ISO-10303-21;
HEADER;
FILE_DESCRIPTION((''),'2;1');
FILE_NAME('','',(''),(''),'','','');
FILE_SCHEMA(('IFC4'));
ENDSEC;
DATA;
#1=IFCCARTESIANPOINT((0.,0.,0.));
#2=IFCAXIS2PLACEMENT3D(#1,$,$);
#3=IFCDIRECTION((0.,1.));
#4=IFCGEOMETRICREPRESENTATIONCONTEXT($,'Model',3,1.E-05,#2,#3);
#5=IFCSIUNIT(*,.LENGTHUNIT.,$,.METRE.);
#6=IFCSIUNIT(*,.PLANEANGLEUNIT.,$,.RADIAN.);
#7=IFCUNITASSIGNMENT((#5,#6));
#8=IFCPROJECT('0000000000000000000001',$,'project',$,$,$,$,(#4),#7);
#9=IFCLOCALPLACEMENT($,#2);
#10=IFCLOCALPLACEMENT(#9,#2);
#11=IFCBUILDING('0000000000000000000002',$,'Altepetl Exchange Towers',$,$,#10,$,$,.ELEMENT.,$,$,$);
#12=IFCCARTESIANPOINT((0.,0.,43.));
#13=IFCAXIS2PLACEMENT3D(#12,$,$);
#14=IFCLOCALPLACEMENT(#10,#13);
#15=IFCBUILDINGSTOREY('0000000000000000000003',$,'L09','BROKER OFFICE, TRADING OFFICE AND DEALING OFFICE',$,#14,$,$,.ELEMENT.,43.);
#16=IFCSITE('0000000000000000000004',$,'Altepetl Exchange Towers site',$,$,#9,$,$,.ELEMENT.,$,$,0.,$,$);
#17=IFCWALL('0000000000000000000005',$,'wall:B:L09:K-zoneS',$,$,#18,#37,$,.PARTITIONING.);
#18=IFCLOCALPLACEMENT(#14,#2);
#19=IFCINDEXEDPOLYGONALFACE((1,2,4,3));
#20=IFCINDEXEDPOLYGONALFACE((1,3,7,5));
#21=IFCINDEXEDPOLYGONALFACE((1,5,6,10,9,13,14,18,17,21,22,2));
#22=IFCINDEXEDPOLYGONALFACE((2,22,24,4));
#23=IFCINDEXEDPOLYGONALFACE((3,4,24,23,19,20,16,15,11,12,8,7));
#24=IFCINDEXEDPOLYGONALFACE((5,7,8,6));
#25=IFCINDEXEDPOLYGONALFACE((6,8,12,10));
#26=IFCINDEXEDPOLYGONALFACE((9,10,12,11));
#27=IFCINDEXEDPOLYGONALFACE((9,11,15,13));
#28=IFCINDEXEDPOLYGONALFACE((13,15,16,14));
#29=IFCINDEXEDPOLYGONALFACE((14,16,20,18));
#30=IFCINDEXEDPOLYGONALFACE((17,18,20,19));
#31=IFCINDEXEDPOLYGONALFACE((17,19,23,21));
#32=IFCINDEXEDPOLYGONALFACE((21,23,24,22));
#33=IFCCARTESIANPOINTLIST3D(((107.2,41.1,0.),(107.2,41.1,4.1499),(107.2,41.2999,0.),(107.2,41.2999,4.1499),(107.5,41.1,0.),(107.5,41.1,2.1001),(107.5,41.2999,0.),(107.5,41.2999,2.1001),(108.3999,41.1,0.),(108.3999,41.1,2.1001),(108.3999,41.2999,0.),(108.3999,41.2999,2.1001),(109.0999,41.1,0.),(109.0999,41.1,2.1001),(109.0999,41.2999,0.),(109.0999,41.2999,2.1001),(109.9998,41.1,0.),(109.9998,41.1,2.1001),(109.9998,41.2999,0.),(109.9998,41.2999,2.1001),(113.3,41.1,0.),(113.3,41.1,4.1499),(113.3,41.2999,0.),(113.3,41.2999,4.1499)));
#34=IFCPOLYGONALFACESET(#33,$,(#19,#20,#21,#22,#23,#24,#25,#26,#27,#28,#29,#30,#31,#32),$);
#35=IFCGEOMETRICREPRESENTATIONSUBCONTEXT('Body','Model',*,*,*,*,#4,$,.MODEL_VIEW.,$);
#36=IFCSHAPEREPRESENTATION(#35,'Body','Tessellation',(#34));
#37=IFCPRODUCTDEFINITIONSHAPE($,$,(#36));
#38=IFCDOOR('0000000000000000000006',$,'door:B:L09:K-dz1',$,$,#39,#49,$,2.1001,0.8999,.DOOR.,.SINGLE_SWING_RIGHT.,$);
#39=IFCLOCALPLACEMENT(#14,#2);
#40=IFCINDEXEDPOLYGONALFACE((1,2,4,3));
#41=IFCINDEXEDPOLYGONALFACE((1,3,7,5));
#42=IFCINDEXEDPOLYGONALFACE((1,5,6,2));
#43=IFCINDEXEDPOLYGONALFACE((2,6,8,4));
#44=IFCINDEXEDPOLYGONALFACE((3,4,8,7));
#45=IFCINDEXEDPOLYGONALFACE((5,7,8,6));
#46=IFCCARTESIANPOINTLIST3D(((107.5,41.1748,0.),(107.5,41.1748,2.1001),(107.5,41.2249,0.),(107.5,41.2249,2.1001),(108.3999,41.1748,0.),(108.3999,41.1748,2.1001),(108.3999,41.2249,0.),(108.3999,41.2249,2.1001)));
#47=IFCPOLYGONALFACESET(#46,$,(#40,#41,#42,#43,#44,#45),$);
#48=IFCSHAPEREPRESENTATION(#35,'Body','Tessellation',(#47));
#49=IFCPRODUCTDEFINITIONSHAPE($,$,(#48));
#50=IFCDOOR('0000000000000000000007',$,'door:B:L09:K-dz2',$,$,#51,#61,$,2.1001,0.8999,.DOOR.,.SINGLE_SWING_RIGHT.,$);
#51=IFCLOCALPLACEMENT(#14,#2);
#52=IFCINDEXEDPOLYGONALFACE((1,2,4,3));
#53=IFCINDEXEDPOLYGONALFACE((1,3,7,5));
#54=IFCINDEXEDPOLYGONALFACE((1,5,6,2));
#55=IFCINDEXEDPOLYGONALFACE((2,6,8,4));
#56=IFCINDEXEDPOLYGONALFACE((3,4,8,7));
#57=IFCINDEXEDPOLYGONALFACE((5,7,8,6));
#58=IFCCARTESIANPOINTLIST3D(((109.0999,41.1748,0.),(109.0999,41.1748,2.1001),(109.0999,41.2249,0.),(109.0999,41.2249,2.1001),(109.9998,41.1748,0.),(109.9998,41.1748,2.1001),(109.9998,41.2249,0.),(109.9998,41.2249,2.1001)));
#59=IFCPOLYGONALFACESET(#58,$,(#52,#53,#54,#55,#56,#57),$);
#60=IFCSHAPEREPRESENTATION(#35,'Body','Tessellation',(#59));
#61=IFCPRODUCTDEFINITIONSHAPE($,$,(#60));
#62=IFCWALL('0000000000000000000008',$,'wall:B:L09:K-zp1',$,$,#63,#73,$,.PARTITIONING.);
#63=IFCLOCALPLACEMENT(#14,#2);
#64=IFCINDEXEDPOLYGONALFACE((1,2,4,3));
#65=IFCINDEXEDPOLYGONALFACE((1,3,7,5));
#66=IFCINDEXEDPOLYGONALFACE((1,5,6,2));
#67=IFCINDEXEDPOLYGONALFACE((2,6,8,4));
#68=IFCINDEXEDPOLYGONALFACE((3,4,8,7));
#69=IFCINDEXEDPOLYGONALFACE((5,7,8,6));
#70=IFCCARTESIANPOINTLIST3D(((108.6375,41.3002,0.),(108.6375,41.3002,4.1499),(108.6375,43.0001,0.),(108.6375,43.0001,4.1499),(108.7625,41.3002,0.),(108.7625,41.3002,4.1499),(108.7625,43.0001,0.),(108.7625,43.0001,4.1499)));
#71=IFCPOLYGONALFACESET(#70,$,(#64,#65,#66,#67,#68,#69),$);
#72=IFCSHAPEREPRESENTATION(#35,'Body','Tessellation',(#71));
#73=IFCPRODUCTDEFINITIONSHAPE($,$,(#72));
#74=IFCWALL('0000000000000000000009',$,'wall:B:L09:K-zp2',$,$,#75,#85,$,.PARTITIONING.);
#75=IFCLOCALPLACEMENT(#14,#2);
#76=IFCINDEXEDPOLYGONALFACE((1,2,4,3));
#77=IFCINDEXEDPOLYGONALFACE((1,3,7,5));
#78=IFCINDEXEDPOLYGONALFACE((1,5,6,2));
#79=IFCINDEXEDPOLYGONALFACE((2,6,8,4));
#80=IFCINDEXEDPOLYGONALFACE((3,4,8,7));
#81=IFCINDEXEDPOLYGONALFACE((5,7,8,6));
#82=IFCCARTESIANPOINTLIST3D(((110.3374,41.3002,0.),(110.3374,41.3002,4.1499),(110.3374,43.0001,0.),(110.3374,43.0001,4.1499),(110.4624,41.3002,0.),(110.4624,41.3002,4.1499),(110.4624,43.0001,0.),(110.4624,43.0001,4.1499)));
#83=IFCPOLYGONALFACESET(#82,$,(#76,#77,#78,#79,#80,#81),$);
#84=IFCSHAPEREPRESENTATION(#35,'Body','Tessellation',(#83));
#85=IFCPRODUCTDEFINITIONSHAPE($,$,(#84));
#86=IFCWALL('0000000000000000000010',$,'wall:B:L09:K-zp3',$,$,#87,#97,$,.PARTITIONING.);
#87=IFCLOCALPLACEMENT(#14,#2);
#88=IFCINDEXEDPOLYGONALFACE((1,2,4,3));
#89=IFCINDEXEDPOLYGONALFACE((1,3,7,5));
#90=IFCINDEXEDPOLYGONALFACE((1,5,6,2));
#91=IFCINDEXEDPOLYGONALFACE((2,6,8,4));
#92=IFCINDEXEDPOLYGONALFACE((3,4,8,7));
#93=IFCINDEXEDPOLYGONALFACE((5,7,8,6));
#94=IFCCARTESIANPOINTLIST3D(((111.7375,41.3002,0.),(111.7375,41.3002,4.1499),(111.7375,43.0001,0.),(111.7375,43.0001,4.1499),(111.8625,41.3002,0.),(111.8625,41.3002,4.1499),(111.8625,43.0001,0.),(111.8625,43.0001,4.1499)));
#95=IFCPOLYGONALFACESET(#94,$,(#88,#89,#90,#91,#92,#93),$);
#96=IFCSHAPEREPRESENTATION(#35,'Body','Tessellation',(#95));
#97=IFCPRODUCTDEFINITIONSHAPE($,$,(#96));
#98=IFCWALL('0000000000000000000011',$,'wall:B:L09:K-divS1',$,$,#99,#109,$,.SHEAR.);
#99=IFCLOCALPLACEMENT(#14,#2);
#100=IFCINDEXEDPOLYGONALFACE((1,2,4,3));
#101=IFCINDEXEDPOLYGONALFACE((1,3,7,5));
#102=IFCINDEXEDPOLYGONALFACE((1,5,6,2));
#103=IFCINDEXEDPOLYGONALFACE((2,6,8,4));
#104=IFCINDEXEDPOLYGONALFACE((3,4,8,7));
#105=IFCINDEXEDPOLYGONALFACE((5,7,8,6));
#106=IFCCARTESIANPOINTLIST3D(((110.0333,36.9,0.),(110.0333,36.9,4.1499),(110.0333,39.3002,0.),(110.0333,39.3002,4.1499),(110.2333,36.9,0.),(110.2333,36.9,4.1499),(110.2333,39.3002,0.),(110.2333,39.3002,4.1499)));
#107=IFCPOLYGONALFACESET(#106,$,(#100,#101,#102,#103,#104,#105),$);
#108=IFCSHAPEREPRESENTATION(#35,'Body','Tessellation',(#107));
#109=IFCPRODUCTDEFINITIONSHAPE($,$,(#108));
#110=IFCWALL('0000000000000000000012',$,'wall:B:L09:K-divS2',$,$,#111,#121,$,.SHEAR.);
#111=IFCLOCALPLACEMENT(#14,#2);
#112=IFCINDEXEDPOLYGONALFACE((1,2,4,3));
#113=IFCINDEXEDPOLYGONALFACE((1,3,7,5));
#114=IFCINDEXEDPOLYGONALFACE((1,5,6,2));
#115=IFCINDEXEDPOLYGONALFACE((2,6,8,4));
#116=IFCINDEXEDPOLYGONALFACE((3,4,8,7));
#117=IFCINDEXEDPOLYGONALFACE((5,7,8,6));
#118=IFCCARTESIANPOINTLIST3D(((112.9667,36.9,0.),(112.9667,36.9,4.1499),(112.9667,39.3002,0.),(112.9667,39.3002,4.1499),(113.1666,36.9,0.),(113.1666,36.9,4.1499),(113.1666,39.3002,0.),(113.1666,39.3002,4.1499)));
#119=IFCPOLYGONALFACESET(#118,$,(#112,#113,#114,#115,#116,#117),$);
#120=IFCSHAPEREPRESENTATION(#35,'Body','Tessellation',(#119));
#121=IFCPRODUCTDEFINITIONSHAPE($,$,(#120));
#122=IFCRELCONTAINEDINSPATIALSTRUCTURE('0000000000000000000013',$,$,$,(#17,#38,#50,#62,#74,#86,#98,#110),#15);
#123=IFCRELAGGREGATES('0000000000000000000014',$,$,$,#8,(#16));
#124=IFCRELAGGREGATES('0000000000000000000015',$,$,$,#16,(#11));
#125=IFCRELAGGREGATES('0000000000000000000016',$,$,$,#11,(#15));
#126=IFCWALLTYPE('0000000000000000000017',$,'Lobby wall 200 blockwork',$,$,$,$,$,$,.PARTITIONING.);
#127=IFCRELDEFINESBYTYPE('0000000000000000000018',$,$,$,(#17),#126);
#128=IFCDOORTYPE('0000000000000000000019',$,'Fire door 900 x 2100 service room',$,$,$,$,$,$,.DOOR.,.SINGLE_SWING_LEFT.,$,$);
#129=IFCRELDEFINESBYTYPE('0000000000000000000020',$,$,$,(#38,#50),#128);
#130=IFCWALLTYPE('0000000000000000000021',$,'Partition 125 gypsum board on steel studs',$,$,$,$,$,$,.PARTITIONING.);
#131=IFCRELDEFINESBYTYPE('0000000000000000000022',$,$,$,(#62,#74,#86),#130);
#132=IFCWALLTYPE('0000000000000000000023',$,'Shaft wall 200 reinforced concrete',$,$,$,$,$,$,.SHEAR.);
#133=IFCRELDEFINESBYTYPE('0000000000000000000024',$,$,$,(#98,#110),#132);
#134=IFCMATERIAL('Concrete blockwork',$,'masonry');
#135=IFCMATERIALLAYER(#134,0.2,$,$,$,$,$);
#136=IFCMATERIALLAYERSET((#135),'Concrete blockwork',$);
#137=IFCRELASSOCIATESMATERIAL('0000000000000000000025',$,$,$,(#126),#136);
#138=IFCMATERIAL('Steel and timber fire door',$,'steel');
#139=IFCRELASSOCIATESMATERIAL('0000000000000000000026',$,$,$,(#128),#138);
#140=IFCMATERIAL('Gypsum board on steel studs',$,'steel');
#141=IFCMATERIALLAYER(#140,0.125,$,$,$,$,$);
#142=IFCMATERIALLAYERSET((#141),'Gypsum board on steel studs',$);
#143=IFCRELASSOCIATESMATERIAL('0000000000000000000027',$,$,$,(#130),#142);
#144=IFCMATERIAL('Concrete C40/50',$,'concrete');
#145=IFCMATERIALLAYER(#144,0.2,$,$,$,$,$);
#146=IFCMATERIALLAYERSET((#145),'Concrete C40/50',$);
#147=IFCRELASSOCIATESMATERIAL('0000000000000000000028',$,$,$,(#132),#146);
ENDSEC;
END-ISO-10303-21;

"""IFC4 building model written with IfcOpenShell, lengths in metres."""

from ifc_helpers import new_model, si_unit, direction, frame, frame_2d, origin, place, context, subcontext, project, spatial, rectangle, extrude, material, layer, layer_set, type_object, element, fill, save


model = new_model("IFC4")

# Units and contexts
model_context = context("Model", 3, precision=1e-05, world=origin(), true_north=direction((0.0, 1.0)))
body_context = subcontext(model_context, "Body", "Model", "MODEL_VIEW")
ifc_project = project(units=[si_unit("LENGTHUNIT", "METRE"), si_unit("PLANEANGLEUNIT", "RADIAN")], contexts=[model_context])

# Site, building, storey
site_placement = place(None, origin())
site = spatial("IfcSite", under=ifc_project, at=site_placement, Name="Altepetl Exchange Towers site", CompositionType="ELEMENT", RefElevation=0.0)
building_placement = place(site_placement, origin())
building = spatial("IfcBuilding", under=site, at=building_placement, Name="Altepetl Exchange Towers", CompositionType="ELEMENT")
storey_placement = place(building_placement, frame((0.0, 0.0, 43.0)))
storey = spatial("IfcBuildingStorey", under=building, at=storey_placement, Name="L09", Description="BROKER OFFICE, TRADING OFFICE AND DEALING OFFICE", CompositionType="ELEMENT", Elevation=43.0)

# Shared definitions
ifc_material_1 = material(Name="Steel and timber fire door", Category="steel")

# Wall, openings, doors
ifc_material_2 = material(Name="Concrete blockwork", Category="masonry")
ifc_layer_1 = layer(ifc_material_2, 0.2)
ifc_layer_set_1 = layer_set([ifc_layer_1], Name="Concrete blockwork")
wall_type_1 = type_object("IfcWallType", Name="Lobby wall 200 blockwork", PredefinedType="PARTITIONING", material=ifc_layer_set_1)
wall_1_placement = place(storey_placement, frame((107.2, 41.2, 0.0)))
wall_1 = element("IfcWall", 1, at=wall_1_placement, inside=storey, type_object=wall_type_1, Name="wall:B:L09:K-zoneS", PredefinedType="PARTITIONING", context=body_context, shape_type="SweptSolid", body=[
    extrude(rectangle(XDim=6.1001, YDim=0.2, at=frame_2d((3.05, 0.0))), origin(), (0.0, 0.0, 1.0), 4.1499),
])
opening_1_placement = place(wall_1_placement, frame((0.3, 0.0, 0.0)))
opening_1 = element("IfcOpeningElement", 2, at=opening_1_placement, cuts=wall_1, PredefinedType="OPENING", context=body_context, shape_type="SweptSolid", body=[
    extrude(rectangle(XDim=0.8999, YDim=2.1001, at=frame_2d((0.45, 1.05))), frame((0.0, 0.1099, 0.0), z_axis=(0.0, -1.0, 0.0), x_axis=(1.0, 0.0, 0.0)), (0.0, 0.0, 1.0), 0.22),
])
opening_2_placement = place(wall_1_placement, frame((1.8999, 0.0, 0.0)))
opening_2 = element("IfcOpeningElement", 3, at=opening_2_placement, cuts=wall_1, PredefinedType="OPENING", context=body_context, shape_type="SweptSolid", body=[
    extrude(rectangle(XDim=0.8999, YDim=2.1001, at=frame_2d((0.45, 1.05))), frame((0.0, 0.1099, 0.0), z_axis=(0.0, -1.0, 0.0), x_axis=(1.0, 0.0, 0.0)), (0.0, 0.0, 1.0), 0.22),
])
door_type_1 = type_object("IfcDoorType", Name="Fire door 900 x 2100 service room", OperationType="SINGLE_SWING_LEFT", PredefinedType="DOOR", material=ifc_material_1)
door_1_placement = place(opening_1_placement, origin())
door_1 = element("IfcDoor", 4, at=door_1_placement, inside=storey, type_object=door_type_1, Name="door:B:L09:K-dz1", OperationType="SINGLE_SWING_RIGHT", OverallHeight=2.1001, OverallWidth=0.8999, PredefinedType="DOOR", context=body_context, shape_type="SweptSolid", body=[
    extrude(rectangle(XDim=0.8999, YDim=2.1001, at=frame_2d((0.45, 1.05))), frame((0.0, 0.0249, 0.0), z_axis=(0.0, -1.0, 0.0), x_axis=(1.0, 0.0, 0.0)), (0.0, 0.0, 1.0), 0.05),
])
fill(opening_1, door_1)
door_2_placement = place(opening_2_placement, origin())
door_2 = element("IfcDoor", 5, at=door_2_placement, inside=storey, type_object=door_type_1, Name="door:B:L09:K-dz2", OperationType="SINGLE_SWING_RIGHT", OverallHeight=2.1001, OverallWidth=0.8999, PredefinedType="DOOR", context=body_context, shape_type="SweptSolid", body=[
    extrude(rectangle(XDim=0.8999, YDim=2.1001, at=frame_2d((0.45, 1.05))), frame((0.0, 0.0249, 0.0), z_axis=(0.0, -1.0, 0.0), x_axis=(1.0, 0.0, 0.0)), (0.0, 0.0, 1.0), 0.05),
])
fill(opening_2, door_2)

# Walls
ifc_material_3 = material(Name="Gypsum board on steel studs", Category="steel")
ifc_layer_2 = layer(ifc_material_3, 0.125)
ifc_layer_set_2 = layer_set([ifc_layer_2], Name="Gypsum board on steel studs")
wall_type_2 = type_object("IfcWallType", Name="Partition 125 gypsum board on steel studs", PredefinedType="PARTITIONING", material=ifc_layer_set_2)
for number, where, z_axis, x_axis, name in (
    (6, (108.7, 41.3, 0.0), (0.0, 0.0, 1.0), (0.0, 1.0, 0.0), "wall:B:L09:K-zp1"),
    (7, (110.3999, 41.3, 0.0), (0.0, 0.0, 1.0), (0.0, 1.0, 0.0), "wall:B:L09:K-zp2"),
    (8, (111.8, 41.3, 0.0), (0.0, 0.0, 1.0), (0.0, 1.0, 0.0), "wall:B:L09:K-zp3"),
):
    element("IfcWall", number, at=place(storey_placement, frame(where, z_axis=z_axis, x_axis=x_axis)), inside=storey, type_object=wall_type_2, Name=name, PredefinedType="PARTITIONING", context=body_context, shape_type="SweptSolid", body=[
        extrude(rectangle(XDim=1.7, YDim=0.125, at=frame_2d((0.8501, 0.0))), origin(), (0.0, 0.0, 1.0), 4.1499),
    ])
ifc_material_4 = material(Name="Concrete C40/50", Category="concrete")
ifc_layer_3 = layer(ifc_material_4, 0.2)
ifc_layer_set_3 = layer_set([ifc_layer_3], Name="Concrete C40/50")
wall_type_3 = type_object("IfcWallType", Name="Shaft wall 200 reinforced concrete", PredefinedType="SHEAR", material=ifc_layer_set_3)
for number, where, z_axis, x_axis, name in (
    (9, (110.1333, 36.8999, 0.0), (0.0, 0.0, 1.0), (0.0, 1.0, 0.0), "wall:B:L09:K-divS1"),
    (10, (113.0667, 36.8999, 0.0), (0.0, 0.0, 1.0), (0.0, 1.0, 0.0), "wall:B:L09:K-divS2"),
):
    element("IfcWall", number, at=place(storey_placement, frame(where, z_axis=z_axis, x_axis=x_axis)), inside=storey, type_object=wall_type_3, Name=name, PredefinedType="SHEAR", context=body_context, shape_type="SweptSolid", body=[
        extrude(rectangle(XDim=2.4001, YDim=0.2, at=frame_2d((1.2002, 0.0))), origin(), (0.0, 0.0, 1.0), 4.1499),
    ])

save(model, "model.ifc")
